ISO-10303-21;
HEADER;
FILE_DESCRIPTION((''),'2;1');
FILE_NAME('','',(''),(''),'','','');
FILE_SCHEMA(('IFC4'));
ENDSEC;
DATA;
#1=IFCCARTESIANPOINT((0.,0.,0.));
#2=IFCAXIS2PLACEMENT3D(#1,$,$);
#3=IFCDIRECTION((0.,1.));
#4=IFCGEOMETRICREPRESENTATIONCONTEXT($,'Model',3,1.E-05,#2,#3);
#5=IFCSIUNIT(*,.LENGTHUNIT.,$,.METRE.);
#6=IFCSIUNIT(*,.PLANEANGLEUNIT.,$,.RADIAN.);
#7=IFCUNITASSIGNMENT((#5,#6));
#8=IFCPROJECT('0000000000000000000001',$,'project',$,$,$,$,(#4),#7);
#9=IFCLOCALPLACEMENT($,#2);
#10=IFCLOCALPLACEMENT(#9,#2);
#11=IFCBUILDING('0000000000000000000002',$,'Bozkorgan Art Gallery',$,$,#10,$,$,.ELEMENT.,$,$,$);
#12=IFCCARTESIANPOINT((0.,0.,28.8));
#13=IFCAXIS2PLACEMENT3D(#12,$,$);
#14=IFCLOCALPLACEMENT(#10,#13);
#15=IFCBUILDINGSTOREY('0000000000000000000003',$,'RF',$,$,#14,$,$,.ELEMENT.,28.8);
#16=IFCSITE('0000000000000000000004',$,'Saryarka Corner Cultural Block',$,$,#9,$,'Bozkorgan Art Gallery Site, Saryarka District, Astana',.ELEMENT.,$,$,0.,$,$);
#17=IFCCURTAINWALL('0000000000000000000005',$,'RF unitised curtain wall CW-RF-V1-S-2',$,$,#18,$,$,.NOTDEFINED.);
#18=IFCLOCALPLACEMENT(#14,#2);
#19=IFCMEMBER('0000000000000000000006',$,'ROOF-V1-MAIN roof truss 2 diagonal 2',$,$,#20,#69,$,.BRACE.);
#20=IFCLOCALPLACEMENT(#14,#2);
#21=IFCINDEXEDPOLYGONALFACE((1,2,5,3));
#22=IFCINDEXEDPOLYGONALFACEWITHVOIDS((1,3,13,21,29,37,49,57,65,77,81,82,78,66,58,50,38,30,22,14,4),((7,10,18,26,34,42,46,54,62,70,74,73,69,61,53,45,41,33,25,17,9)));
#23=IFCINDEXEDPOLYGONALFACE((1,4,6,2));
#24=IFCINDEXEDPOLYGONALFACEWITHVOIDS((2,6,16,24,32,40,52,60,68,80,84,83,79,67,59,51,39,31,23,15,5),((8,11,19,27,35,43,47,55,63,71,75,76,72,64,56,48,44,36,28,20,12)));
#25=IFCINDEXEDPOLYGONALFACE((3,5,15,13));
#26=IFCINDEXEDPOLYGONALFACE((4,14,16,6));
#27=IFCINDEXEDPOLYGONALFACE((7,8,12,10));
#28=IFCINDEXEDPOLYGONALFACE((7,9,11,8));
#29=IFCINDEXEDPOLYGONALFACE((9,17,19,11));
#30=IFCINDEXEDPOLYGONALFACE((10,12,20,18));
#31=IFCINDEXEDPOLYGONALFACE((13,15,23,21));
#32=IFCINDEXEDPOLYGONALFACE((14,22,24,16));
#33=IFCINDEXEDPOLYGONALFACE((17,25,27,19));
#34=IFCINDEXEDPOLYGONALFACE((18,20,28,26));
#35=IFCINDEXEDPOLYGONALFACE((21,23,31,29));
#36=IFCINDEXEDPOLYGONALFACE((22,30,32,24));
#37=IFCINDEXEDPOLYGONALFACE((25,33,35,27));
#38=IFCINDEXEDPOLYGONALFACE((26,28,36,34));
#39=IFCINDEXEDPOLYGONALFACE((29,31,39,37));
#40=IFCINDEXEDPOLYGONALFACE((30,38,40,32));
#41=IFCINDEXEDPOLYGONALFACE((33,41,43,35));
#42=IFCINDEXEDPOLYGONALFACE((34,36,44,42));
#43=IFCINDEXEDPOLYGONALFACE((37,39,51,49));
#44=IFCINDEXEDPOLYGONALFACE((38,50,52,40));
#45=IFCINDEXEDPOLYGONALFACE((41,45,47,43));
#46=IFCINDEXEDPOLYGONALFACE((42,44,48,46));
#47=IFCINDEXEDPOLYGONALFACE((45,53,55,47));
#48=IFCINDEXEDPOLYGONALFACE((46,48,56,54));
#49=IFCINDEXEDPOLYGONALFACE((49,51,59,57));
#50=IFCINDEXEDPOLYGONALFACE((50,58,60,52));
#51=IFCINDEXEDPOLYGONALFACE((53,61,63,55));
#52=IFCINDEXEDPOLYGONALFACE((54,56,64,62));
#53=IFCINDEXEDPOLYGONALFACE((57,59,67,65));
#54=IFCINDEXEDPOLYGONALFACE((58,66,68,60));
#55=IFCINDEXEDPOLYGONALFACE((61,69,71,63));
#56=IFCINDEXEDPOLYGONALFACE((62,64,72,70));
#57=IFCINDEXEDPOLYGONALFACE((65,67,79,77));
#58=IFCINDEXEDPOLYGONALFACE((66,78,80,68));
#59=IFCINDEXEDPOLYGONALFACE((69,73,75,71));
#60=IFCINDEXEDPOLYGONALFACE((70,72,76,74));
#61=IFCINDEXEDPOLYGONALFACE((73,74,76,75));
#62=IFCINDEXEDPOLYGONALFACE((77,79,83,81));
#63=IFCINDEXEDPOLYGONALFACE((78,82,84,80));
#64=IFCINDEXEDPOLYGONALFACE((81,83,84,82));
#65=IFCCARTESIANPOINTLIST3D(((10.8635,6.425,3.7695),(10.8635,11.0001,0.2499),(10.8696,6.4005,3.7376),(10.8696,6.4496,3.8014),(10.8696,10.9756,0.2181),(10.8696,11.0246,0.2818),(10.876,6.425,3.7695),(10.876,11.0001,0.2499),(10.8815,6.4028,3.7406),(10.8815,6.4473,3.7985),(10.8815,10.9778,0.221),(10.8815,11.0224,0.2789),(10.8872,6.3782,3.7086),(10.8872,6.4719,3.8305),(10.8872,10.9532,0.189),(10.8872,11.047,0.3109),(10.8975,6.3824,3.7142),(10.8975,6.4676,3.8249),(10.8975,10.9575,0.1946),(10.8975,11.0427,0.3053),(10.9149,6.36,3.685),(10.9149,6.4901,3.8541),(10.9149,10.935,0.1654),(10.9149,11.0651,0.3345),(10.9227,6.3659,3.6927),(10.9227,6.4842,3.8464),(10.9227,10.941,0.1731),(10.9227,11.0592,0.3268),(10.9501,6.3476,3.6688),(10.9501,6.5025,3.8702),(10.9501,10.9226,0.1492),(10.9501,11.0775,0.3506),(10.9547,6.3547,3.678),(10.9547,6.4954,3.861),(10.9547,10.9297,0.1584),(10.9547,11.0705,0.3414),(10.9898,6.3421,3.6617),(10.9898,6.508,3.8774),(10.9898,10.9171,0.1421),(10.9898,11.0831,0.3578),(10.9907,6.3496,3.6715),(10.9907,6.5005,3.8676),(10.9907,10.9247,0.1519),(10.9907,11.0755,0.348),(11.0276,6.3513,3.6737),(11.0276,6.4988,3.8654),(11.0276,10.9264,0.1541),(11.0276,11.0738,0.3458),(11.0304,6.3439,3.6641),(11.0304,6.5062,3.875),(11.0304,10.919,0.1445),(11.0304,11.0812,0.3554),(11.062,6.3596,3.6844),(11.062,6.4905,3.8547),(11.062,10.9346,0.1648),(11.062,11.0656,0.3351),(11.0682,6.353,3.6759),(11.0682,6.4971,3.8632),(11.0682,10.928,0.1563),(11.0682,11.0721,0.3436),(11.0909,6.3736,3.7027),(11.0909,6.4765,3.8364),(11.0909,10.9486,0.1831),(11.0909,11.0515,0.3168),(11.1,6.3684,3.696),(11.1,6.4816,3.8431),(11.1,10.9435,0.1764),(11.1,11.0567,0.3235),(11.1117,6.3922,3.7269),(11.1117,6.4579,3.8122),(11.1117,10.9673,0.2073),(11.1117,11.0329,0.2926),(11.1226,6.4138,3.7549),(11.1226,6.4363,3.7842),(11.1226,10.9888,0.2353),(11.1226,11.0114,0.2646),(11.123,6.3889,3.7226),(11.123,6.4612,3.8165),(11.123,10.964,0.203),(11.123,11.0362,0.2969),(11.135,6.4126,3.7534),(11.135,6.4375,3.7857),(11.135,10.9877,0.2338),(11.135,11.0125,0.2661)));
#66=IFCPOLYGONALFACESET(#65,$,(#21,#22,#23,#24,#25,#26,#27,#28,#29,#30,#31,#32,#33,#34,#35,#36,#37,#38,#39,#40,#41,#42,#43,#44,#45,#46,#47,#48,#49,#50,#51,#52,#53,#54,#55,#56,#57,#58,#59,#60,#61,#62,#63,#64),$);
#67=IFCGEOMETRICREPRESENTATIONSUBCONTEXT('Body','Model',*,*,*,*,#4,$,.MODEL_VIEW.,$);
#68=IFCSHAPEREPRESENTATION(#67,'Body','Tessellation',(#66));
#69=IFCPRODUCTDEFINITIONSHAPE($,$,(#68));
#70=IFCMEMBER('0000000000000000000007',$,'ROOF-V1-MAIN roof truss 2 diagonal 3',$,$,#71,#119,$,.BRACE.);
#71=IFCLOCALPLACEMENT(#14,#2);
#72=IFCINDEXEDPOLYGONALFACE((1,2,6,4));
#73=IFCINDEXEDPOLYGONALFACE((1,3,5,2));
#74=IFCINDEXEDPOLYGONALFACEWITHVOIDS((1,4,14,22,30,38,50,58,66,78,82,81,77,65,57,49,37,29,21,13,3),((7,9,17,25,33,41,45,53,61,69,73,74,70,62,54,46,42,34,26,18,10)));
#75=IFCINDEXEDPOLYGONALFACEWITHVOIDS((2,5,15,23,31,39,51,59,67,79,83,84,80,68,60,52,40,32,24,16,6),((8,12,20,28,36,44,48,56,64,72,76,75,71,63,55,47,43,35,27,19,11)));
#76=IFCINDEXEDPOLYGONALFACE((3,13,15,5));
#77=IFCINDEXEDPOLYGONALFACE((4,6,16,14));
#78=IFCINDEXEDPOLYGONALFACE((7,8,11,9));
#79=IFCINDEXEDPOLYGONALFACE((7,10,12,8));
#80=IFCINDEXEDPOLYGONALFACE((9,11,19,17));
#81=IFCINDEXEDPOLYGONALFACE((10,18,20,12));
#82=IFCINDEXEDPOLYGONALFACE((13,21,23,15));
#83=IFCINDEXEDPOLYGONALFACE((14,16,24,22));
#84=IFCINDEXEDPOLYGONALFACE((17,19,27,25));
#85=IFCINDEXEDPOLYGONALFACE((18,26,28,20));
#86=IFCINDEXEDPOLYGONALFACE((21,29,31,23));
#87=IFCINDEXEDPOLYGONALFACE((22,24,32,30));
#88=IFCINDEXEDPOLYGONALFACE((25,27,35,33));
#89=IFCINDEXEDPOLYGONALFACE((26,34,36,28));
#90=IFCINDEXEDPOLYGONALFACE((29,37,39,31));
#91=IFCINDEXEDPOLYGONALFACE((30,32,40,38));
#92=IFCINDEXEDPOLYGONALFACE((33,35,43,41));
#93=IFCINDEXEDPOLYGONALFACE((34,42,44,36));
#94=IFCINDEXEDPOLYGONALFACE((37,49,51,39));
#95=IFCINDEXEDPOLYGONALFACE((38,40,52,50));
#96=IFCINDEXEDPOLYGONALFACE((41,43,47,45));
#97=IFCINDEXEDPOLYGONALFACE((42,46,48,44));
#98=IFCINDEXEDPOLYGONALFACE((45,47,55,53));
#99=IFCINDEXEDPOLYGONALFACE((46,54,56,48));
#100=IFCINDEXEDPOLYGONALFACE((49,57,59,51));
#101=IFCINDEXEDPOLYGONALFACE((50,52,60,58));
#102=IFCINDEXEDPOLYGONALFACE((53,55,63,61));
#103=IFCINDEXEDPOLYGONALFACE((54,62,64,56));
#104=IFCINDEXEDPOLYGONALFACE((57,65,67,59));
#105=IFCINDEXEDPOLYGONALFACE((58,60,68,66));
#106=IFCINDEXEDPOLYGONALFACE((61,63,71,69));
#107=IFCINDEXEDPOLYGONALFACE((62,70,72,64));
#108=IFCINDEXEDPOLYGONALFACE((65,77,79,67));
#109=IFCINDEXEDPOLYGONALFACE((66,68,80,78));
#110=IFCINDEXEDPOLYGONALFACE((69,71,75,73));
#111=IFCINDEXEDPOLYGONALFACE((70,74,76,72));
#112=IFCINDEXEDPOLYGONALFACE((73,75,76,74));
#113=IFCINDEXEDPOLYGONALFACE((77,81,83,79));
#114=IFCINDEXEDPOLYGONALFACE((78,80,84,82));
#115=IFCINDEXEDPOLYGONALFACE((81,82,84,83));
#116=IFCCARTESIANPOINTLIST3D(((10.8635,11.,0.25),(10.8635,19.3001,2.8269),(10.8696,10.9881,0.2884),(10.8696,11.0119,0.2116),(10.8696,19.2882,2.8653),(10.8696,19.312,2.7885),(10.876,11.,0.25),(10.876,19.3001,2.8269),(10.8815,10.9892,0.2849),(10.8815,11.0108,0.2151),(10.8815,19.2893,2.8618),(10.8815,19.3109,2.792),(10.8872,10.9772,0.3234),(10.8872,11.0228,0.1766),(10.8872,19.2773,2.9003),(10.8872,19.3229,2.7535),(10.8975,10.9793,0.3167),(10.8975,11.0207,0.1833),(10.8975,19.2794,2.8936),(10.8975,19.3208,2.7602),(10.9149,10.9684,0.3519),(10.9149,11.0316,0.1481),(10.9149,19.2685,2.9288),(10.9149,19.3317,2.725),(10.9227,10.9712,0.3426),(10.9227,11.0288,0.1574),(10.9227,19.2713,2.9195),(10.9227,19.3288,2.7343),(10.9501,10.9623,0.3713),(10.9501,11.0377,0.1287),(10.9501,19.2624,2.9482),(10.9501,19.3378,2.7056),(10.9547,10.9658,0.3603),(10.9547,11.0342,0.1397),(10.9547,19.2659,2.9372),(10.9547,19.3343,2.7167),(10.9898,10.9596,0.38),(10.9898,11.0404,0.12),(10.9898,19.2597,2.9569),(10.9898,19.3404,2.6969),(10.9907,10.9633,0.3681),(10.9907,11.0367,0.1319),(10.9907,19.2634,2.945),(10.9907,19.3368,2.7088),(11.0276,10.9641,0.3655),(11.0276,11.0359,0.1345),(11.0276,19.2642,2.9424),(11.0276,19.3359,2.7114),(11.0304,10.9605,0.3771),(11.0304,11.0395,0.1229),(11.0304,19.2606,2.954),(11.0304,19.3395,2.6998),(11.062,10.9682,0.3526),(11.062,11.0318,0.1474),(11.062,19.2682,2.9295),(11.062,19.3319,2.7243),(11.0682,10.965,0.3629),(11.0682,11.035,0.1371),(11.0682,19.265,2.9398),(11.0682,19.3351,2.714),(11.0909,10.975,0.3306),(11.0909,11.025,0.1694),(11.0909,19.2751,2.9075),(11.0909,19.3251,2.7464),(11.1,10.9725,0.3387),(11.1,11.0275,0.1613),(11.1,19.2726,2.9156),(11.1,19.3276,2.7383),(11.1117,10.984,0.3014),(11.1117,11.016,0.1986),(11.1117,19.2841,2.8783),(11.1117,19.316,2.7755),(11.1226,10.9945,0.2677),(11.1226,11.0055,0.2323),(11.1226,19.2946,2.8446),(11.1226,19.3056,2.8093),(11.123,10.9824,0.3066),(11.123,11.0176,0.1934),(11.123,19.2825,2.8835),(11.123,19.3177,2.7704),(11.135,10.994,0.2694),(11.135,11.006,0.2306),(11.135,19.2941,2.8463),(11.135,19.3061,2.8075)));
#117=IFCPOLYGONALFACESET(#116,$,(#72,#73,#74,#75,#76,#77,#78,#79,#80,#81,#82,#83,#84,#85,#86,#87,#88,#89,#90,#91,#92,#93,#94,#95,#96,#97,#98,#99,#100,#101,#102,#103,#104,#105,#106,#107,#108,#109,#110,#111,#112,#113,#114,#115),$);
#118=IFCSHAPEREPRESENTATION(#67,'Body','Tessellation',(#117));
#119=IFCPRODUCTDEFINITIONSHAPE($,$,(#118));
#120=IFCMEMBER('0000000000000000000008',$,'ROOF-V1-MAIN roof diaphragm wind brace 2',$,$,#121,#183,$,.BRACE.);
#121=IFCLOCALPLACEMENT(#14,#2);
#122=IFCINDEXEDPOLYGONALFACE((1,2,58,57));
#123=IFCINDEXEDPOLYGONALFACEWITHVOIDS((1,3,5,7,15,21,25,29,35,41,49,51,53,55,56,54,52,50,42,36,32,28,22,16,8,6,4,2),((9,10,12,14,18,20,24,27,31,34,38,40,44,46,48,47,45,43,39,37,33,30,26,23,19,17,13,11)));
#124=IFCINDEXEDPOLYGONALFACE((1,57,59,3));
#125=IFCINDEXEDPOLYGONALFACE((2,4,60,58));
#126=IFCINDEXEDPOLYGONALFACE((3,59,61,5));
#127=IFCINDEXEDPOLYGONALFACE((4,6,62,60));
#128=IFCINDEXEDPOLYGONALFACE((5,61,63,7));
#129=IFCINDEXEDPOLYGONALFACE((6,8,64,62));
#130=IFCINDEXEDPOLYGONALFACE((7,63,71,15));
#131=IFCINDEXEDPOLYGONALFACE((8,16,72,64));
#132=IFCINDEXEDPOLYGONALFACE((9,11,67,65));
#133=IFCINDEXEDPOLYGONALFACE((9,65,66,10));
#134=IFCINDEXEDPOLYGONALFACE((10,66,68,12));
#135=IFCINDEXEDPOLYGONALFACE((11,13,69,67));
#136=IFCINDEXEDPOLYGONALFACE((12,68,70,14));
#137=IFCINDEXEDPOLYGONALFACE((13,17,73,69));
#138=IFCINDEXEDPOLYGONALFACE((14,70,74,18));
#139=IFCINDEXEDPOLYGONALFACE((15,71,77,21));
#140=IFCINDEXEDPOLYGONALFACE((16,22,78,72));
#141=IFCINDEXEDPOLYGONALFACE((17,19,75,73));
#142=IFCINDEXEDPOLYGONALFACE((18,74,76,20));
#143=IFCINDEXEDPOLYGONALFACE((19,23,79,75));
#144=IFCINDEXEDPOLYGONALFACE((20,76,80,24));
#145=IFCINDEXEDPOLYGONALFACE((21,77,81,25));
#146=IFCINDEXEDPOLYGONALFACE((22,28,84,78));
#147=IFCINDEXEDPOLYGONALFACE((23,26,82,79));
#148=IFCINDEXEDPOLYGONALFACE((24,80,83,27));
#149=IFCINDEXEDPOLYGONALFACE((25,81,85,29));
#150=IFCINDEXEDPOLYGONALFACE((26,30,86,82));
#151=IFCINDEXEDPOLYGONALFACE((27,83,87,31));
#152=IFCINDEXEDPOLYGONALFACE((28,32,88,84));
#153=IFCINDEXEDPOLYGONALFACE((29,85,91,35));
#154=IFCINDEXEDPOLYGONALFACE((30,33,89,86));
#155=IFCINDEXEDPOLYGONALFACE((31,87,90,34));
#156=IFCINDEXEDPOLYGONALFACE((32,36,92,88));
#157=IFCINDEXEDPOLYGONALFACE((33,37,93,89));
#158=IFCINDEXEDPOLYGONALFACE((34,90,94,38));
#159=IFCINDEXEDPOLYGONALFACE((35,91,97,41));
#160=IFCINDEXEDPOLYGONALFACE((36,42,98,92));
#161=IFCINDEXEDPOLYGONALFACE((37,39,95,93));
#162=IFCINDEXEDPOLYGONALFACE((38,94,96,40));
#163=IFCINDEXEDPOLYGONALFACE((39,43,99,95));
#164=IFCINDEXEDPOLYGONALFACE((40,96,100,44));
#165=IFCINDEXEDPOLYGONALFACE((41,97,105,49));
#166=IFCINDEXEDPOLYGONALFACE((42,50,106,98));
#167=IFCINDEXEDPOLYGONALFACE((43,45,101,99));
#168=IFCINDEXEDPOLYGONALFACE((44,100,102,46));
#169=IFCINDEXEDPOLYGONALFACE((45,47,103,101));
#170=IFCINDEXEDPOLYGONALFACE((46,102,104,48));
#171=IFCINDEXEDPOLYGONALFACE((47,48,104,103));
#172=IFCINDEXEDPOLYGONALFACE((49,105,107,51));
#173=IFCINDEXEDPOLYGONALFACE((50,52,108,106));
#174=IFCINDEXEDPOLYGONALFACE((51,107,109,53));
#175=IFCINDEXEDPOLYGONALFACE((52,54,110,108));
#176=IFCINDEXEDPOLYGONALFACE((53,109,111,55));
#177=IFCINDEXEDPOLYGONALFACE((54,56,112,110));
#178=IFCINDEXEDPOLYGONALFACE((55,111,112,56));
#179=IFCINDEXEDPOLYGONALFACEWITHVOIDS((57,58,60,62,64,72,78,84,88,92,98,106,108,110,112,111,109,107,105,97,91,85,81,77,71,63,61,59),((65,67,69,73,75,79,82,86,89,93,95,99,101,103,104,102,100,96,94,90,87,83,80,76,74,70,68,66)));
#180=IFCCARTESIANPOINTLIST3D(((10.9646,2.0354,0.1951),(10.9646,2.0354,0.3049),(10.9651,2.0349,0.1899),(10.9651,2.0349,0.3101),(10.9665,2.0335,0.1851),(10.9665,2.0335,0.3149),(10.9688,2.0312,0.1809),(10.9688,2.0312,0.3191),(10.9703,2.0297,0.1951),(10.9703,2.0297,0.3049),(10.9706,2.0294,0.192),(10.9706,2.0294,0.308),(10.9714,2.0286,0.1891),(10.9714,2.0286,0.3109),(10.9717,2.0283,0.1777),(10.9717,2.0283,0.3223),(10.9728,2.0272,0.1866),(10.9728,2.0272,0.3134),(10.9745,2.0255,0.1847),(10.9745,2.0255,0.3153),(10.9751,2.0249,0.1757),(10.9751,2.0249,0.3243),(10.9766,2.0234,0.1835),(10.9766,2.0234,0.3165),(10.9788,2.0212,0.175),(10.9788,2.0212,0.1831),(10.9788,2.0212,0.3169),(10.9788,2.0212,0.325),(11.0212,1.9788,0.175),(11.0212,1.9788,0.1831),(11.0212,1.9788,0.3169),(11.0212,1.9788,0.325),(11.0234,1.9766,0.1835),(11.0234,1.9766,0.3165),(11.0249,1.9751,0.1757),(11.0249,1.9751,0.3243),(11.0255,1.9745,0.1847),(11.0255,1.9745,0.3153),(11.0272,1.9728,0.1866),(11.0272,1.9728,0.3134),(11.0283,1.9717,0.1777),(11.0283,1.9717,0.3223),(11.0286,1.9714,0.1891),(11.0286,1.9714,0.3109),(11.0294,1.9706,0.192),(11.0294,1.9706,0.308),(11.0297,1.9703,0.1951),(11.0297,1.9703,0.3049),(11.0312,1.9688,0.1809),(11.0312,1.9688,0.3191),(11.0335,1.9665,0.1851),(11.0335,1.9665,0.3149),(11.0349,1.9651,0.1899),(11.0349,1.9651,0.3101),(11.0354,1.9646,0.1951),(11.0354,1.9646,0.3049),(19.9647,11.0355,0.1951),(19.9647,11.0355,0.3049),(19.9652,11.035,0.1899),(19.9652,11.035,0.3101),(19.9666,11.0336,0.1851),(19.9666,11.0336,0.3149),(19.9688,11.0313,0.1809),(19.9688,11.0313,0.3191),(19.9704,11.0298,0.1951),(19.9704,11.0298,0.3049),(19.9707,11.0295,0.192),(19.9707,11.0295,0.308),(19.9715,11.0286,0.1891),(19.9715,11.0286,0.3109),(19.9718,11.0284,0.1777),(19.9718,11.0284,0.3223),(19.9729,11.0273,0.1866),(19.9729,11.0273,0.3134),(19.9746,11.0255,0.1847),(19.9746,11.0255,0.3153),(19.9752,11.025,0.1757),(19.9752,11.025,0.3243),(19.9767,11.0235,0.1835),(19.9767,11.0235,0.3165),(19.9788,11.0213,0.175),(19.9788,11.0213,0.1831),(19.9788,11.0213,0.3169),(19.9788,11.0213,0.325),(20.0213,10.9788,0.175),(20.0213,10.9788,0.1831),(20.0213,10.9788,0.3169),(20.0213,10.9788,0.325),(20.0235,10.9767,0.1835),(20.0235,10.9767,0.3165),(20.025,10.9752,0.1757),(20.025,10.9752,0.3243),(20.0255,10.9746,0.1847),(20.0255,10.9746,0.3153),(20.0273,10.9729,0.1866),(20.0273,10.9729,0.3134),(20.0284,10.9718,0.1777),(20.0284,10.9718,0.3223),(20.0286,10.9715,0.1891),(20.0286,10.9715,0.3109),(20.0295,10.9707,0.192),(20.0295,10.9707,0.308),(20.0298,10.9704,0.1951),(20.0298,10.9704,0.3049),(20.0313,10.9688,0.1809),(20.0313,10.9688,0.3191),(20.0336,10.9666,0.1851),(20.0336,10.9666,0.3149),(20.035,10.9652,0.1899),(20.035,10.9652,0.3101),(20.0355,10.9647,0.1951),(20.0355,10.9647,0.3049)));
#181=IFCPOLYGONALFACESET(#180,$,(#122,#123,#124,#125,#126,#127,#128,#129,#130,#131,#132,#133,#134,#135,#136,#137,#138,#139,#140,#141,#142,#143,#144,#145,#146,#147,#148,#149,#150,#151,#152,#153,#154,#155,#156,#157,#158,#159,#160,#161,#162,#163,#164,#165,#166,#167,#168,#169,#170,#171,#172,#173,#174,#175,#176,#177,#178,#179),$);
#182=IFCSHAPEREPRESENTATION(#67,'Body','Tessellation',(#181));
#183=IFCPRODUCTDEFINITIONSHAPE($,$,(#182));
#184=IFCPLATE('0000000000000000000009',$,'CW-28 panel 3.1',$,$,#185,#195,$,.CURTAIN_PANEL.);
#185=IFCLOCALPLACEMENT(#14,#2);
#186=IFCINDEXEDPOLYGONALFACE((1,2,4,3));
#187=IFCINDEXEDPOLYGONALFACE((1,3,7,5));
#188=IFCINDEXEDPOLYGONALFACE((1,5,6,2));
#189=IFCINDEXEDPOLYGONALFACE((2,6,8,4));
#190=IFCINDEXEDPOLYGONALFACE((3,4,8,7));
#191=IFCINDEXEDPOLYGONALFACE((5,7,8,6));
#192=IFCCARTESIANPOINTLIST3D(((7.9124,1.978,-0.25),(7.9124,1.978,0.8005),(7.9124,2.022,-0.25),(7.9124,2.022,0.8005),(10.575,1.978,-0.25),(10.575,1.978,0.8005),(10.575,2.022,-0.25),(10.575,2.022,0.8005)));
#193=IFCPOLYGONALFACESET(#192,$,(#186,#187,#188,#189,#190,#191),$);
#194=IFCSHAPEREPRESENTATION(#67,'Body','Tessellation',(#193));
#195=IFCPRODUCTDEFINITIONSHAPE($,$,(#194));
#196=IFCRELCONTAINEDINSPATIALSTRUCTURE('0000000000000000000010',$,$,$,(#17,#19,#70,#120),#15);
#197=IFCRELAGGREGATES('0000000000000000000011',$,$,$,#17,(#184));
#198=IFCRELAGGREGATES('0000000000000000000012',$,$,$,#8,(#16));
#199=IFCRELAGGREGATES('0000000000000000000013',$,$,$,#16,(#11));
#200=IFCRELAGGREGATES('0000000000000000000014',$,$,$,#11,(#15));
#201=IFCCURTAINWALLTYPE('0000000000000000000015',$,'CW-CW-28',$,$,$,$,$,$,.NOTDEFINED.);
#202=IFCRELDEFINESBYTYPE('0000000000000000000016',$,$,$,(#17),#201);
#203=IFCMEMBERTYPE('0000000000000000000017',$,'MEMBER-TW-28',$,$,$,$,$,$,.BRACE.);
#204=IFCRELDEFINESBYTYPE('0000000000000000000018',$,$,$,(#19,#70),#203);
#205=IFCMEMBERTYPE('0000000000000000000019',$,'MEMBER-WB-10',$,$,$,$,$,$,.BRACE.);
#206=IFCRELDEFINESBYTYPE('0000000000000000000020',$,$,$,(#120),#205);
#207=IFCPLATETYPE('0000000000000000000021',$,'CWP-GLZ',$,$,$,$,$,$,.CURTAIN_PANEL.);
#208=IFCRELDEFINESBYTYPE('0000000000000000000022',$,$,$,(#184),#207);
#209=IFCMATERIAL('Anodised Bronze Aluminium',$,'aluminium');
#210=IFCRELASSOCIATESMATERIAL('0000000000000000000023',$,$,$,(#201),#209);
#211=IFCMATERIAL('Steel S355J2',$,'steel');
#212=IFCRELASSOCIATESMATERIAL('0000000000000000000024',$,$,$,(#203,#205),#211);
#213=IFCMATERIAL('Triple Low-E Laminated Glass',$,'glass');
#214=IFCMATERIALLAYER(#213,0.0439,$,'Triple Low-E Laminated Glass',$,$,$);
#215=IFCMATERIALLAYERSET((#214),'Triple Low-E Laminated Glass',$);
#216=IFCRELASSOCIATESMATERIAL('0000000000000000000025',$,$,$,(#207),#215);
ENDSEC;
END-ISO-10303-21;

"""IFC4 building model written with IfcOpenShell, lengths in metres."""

from ifc_helpers import new_model, si_unit, direction, frame, origin, origin_2d, place, context, subcontext, project, spatial, rectangle, hollow_rectangle, hollow_circle, extrude, material, layer, layer_set, material_profile, profile_set, type_object, element, aggregate, save


model = new_model("IFC4")

# Units and contexts
model_context = context("Model", 3, precision=1e-05, world=origin(), true_north=direction((0.0, 1.0)))
body_context = subcontext(model_context, "Body", "Model", "MODEL_VIEW")
ifc_project = project(units=[si_unit("LENGTHUNIT", "METRE"), si_unit("PLANEANGLEUNIT", "RADIAN")], contexts=[model_context])

# Site, building, storey
site_placement = place(None, origin())
site = spatial("IfcSite", under=ifc_project, at=site_placement, Name="Saryarka Corner Cultural Block", LongName="Bozkorgan Art Gallery Site, Saryarka District, Astana", CompositionType="ELEMENT", RefElevation=0.0)
building_placement = place(site_placement, origin())
building = spatial("IfcBuilding", under=site, at=building_placement, Name="Bozkorgan Art Gallery", CompositionType="ELEMENT")
storey_placement = place(building_placement, frame((0.0, 0.0, 28.8)))
storey = spatial("IfcBuildingStorey", under=building, at=storey_placement, Name="RF", CompositionType="ELEMENT", Elevation=28.8)

# Shared definitions
ifc_material_1 = material(Name="Steel S355J2", Category="steel")

# Curtain wall
ifc_material_2 = material(Name="Anodised Bronze Aluminium", Category="aluminium")
curtain_wall_type = type_object("IfcCurtainWallType", Name="CW-CW-28", PredefinedType="NOTDEFINED", material=ifc_material_2)
curtain_wall_1_placement = place(storey_placement, origin())
curtain_wall_1 = element("IfcCurtainWall", 1, at=curtain_wall_1_placement, inside=storey, type_object=curtain_wall_type, Name="RF unitised curtain wall CW-RF-V1-S-2", PredefinedType="NOTDEFINED")

# Members
ifc_material_profile_1 = material_profile(ifc_material_1, hollow_circle(Radius=0.1365, WallThickness=0.0125, at=origin_2d()), Name="CHS 273x12.5")
ifc_profile_set_1 = profile_set([ifc_material_profile_1], Name="Steel S355J2")
member_type_1 = type_object("IfcMemberType", Name="MEMBER-TW-28", PredefinedType="BRACE", material=ifc_profile_set_1)
for number, where, z_axis, x_axis, name in (
    (2, (11.0, 6.425, 3.7695), (0.0, 0.792596, -0.609748), (-1.0, 0.0, 0.0), "ROOF-V1-MAIN roof truss 2 diagonal 2"),
):
    element("IfcMember", number, at=place(storey_placement, frame(where, z_axis=z_axis, x_axis=x_axis)), inside=storey, type_object=member_type_1, Name=name, PredefinedType="BRACE", context=body_context, shape_type="SweptSolid", body=[
        extrude(hollow_circle(Radius=0.1365, WallThickness=0.0125, at=origin_2d()), origin(), (0.0, 0.0, 1.0), 5.7722),
    ])
member_1_placement = place(storey_placement, frame((11.0, 11.0, 0.25), z_axis=(0.0, 0.955031, 0.296507), x_axis=(-1.0, 0.0, 0.0)))
element("IfcMember", 3, at=member_1_placement, inside=storey, type_object=member_type_1, Name="ROOF-V1-MAIN roof truss 2 diagonal 3", PredefinedType="BRACE", context=body_context, shape_type="SweptSolid", body=[
    extrude(hollow_circle(Radius=0.1365, WallThickness=0.0125, at=origin_2d()), origin(), (0.0, 0.0, 1.0), 8.6909),
])
ifc_material_profile_2 = material_profile(ifc_material_1, hollow_rectangle(XDim=0.1001, YDim=0.1499, WallThickness=0.0081, InnerFilletRadius=0.012, OuterFilletRadius=0.02, at=origin_2d()), Name="RHS 150x100x8")
ifc_profile_set_2 = profile_set([ifc_material_profile_2], Name="Steel S355J2")
member_type_2 = type_object("IfcMemberType", Name="MEMBER-WB-10", PredefinedType="BRACE", material=ifc_profile_set_2)
member_2_placement = place(storey_placement, frame((11.0, 2.0, 0.25), z_axis=(0.707107, 0.707107, 0.0), x_axis=(-0.707107, 0.707107, 0.0)))
element("IfcMember", 4, at=member_2_placement, inside=storey, type_object=member_type_2, Name="ROOF-V1-MAIN roof diaphragm wind brace 2", PredefinedType="BRACE", context=body_context, shape_type="SweptSolid", body=[
    extrude(hollow_rectangle(XDim=0.1001, YDim=0.1499, WallThickness=0.0081, InnerFilletRadius=0.012, OuterFilletRadius=0.02, at=origin_2d()), origin(), (0.0, 0.0, 1.0), 12.728),
])

# Plate
ifc_material_3 = material(Name="Triple Low-E Laminated Glass", Category="glass")
ifc_layer_1 = layer(ifc_material_3, 0.0439, Name="Triple Low-E Laminated Glass")
ifc_layer_set_1 = layer_set([ifc_layer_1], Name="Triple Low-E Laminated Glass")
plate_type_1 = type_object("IfcPlateType", Name="CWP-GLZ", PredefinedType="CURTAIN_PANEL", material=ifc_layer_set_1)
plate_1_placement = place(storey_placement, frame((9.2437, 2.0, -0.25), z_axis=(0.0, 0.0, 1.0), x_axis=(1.0, 0.0, 0.0)))
plate_1 = element("IfcPlate", 5, at=plate_1_placement, type_object=plate_type_1, Name="CW-28 panel 3.1", PredefinedType="CURTAIN_PANEL", context=body_context, shape_type="SweptSolid", body=[
    extrude(rectangle(XDim=2.6626, YDim=0.0439, at=origin_2d()), origin(), (0.0, 0.0, 1.0), 1.0505),
])
aggregate(curtain_wall_1, [plate_1])

save(model, "model.ifc")
